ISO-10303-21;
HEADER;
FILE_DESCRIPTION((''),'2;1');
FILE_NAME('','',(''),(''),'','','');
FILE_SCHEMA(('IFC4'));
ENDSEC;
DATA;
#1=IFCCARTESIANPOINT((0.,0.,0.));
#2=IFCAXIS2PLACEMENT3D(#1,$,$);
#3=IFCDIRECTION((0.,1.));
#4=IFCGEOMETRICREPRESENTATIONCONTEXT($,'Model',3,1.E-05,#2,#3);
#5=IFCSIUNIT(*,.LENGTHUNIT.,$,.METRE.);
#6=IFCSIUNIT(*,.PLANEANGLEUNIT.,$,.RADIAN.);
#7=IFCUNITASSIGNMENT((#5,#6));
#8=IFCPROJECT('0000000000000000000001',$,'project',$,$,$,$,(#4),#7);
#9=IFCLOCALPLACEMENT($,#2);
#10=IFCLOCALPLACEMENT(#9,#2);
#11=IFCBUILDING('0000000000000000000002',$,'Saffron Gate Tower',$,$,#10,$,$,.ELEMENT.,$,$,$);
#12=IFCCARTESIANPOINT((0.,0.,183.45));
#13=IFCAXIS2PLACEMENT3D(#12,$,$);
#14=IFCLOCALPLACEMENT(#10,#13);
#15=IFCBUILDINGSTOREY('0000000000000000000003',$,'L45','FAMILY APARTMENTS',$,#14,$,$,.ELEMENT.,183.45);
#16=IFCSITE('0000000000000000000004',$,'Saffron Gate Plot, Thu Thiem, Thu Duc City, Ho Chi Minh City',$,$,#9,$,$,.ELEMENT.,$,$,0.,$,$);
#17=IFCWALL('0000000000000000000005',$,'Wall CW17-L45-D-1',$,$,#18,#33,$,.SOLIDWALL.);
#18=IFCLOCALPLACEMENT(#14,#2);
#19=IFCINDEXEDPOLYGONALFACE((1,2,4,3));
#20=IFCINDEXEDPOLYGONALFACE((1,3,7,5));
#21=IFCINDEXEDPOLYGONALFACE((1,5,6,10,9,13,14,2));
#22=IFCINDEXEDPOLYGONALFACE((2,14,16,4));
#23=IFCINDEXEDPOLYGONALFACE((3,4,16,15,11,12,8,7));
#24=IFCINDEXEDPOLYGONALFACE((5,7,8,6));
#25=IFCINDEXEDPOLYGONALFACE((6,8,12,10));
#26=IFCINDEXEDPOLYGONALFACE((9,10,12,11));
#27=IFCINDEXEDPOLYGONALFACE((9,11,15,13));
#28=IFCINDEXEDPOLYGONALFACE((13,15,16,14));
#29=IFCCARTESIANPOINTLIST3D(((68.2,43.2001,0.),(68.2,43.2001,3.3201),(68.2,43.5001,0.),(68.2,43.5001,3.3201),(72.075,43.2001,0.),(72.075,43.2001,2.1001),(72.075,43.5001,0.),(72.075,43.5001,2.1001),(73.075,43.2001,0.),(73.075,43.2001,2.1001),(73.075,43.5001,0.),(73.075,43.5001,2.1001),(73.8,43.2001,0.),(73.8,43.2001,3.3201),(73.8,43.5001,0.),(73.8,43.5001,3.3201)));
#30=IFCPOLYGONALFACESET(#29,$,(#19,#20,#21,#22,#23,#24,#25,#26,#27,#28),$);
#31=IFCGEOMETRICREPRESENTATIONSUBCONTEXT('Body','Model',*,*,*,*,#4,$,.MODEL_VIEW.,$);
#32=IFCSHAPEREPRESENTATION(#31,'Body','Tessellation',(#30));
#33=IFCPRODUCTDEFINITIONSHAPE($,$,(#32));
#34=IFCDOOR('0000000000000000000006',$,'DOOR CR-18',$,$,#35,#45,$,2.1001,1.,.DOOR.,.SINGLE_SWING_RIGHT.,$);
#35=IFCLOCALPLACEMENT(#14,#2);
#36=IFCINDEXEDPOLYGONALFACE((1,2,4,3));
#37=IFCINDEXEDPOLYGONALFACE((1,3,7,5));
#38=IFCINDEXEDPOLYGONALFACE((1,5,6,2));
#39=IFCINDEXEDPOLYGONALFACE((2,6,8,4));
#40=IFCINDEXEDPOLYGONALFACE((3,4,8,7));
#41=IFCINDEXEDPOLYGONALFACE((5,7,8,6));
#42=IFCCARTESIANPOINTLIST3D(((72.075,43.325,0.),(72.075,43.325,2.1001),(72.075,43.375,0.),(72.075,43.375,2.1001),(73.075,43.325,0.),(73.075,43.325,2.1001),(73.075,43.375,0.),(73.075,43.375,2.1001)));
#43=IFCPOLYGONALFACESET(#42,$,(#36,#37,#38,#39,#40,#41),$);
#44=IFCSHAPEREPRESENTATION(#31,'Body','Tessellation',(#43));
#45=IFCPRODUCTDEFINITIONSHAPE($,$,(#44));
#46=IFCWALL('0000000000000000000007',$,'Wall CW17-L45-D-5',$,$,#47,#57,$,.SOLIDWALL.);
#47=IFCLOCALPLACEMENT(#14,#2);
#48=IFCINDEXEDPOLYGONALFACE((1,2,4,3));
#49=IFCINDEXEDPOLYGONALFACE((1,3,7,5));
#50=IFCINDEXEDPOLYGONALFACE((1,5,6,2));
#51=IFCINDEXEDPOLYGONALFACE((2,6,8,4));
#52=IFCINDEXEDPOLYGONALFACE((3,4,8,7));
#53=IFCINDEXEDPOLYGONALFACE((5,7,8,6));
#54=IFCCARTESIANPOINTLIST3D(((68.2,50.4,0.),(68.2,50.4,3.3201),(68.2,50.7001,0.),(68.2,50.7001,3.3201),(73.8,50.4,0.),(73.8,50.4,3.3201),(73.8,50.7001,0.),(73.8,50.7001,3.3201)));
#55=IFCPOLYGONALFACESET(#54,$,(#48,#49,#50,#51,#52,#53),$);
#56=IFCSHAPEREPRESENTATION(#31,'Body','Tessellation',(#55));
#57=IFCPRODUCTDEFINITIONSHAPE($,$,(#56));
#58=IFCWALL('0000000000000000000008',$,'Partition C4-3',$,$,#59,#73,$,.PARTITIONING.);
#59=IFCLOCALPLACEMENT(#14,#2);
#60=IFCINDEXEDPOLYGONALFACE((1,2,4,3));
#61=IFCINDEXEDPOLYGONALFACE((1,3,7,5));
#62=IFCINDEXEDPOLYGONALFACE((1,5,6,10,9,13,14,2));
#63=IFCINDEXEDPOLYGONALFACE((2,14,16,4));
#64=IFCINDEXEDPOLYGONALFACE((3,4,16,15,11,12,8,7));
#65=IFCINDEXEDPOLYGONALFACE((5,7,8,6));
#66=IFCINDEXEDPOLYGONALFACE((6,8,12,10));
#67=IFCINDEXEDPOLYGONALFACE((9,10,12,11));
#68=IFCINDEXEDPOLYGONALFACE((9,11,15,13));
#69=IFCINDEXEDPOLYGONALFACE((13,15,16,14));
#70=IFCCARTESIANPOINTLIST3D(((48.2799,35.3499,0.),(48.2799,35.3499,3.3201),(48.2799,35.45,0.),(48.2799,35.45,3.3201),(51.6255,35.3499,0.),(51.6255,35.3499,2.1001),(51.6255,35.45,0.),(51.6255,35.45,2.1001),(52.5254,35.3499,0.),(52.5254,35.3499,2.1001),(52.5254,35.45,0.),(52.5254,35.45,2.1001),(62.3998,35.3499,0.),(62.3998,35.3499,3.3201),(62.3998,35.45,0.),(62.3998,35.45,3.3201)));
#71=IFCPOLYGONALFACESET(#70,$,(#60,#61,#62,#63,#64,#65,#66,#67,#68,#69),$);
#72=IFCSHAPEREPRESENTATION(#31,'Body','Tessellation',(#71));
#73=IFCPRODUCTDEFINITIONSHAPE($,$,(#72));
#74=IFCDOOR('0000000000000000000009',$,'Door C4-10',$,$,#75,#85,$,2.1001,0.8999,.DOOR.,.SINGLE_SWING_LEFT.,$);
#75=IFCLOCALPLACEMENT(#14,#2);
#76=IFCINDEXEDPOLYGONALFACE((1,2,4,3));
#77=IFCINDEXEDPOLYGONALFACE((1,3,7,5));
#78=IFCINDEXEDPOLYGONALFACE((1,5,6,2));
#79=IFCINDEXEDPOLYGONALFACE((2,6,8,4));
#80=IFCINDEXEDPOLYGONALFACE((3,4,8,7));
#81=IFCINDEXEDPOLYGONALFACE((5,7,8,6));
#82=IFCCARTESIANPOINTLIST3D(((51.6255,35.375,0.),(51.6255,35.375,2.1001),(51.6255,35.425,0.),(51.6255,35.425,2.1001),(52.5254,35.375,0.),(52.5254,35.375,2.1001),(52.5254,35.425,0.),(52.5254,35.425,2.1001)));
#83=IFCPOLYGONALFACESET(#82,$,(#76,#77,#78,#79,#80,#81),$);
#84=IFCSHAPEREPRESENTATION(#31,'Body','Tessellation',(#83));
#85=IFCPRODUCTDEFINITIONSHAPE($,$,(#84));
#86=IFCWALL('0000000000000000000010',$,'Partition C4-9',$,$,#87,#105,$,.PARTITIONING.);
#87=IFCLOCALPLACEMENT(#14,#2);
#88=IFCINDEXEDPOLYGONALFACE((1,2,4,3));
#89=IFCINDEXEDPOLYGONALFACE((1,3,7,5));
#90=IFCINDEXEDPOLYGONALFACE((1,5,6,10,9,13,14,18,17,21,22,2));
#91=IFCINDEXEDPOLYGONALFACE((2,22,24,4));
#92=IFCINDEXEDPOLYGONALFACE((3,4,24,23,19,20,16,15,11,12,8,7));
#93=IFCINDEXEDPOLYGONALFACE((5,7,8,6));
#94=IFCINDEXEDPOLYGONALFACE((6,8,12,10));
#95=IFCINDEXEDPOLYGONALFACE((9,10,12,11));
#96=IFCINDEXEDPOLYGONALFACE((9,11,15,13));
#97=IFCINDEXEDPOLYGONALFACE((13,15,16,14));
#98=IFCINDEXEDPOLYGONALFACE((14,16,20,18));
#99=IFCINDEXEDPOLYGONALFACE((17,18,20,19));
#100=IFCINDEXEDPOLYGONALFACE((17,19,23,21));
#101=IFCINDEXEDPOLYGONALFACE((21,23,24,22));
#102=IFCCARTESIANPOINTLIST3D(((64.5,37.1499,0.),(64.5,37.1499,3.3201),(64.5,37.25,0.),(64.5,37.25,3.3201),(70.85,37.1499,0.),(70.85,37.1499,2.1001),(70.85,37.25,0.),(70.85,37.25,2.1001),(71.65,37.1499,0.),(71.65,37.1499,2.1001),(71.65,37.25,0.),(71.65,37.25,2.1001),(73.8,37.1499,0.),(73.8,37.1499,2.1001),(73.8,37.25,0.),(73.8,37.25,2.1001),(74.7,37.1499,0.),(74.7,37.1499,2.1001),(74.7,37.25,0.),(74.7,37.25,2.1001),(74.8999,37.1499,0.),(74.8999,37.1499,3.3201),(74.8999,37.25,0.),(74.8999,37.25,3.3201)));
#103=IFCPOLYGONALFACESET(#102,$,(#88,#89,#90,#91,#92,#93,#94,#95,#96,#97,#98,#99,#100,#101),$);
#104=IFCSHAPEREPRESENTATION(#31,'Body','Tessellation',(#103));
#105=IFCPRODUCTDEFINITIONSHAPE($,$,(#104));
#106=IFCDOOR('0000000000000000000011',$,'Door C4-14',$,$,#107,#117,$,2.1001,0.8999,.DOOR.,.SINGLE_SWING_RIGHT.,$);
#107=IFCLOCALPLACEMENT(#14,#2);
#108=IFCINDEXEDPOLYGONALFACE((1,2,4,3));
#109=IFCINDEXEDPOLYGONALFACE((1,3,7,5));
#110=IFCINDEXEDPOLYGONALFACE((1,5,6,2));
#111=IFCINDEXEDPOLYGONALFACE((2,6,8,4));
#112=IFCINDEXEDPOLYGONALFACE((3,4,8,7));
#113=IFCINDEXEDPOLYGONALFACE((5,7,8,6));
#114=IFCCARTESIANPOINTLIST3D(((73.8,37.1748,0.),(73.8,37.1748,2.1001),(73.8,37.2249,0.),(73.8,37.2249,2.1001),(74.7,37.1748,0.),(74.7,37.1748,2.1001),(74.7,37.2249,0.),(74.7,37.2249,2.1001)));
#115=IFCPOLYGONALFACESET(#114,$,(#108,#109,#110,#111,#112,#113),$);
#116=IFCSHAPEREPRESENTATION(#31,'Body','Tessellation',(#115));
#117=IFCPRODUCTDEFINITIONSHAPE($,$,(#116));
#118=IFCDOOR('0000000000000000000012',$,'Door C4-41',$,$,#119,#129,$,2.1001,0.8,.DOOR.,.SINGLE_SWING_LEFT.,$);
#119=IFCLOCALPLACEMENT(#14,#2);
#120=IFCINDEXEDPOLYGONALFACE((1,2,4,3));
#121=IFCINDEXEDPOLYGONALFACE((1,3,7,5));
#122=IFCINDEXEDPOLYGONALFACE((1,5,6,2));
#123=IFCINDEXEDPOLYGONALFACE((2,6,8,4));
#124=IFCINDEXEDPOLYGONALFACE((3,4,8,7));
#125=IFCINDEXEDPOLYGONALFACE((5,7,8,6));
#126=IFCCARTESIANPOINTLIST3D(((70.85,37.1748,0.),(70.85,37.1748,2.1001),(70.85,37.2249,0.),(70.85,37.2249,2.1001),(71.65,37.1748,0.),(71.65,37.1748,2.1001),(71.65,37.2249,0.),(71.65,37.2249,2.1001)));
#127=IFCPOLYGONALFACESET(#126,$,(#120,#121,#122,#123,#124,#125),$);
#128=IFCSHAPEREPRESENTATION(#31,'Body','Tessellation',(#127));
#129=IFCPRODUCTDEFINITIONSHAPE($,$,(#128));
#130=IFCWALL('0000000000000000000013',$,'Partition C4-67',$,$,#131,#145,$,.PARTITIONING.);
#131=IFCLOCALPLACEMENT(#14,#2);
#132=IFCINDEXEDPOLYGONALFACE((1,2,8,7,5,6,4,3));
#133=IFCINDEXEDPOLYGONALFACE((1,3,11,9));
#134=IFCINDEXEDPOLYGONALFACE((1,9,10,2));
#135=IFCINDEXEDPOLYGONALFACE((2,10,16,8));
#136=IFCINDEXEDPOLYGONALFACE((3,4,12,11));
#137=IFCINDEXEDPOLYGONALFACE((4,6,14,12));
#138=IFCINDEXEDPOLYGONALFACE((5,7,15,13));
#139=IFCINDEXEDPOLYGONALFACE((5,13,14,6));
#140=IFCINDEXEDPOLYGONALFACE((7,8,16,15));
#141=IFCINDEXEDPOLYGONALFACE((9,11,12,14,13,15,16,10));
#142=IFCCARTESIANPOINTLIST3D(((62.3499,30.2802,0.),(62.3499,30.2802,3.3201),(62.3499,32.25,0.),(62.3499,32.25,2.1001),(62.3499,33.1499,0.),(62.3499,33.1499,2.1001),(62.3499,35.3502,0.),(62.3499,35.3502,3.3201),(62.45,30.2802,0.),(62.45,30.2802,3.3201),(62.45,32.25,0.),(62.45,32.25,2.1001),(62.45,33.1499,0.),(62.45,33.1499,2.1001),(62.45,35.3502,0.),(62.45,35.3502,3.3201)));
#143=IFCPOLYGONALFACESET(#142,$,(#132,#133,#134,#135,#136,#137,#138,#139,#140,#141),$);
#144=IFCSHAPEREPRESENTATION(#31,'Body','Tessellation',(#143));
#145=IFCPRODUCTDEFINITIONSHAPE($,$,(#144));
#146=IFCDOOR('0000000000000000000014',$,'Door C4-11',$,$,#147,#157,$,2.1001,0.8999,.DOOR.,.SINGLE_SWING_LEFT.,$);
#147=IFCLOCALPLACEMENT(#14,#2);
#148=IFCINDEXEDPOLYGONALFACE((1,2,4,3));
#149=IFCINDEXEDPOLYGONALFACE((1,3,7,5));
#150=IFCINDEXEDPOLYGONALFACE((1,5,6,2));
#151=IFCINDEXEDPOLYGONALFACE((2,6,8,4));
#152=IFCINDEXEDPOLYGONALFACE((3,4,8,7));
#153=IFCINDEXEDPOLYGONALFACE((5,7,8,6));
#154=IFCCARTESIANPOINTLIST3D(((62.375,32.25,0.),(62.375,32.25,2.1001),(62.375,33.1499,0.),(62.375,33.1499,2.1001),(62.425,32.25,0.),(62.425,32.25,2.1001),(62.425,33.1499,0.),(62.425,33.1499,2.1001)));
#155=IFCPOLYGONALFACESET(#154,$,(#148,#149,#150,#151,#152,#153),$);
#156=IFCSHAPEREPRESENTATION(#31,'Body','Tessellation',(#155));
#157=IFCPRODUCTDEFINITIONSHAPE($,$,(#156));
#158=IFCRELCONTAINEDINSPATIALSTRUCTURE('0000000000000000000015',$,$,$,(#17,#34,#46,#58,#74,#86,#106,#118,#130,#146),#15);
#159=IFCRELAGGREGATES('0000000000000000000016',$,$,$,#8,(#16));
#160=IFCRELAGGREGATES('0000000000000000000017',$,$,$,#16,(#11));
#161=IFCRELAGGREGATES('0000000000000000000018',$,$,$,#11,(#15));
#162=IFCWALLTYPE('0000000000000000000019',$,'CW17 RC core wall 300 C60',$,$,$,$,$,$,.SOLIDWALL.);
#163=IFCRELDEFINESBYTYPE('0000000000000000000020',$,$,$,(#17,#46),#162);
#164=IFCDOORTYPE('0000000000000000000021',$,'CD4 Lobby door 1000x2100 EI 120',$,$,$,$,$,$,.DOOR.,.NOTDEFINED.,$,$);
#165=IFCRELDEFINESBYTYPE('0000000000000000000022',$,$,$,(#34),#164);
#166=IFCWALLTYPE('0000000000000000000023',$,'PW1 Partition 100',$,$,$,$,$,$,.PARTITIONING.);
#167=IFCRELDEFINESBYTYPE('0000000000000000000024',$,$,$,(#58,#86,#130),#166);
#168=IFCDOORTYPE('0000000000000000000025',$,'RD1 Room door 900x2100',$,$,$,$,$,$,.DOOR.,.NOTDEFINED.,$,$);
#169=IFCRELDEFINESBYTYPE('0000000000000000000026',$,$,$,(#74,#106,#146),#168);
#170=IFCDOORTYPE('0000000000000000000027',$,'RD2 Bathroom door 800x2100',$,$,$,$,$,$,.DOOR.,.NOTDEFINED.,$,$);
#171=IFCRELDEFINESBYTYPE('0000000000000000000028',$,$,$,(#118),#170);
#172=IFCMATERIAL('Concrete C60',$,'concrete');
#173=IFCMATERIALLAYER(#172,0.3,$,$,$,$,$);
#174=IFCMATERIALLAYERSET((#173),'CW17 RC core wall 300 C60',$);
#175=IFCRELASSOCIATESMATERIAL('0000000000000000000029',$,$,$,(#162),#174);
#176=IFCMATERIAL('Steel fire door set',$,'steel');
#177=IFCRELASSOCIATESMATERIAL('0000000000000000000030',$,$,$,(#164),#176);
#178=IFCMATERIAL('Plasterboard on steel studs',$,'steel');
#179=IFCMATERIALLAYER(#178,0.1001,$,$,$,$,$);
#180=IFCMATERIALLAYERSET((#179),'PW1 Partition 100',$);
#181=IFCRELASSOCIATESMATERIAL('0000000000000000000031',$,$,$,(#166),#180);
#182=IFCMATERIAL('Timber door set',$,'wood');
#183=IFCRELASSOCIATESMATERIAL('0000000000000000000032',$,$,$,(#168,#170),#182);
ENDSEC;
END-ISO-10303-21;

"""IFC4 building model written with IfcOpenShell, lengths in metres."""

from ifc_helpers import new_model, si_unit, direction, frame, frame_2d, origin, place, context, subcontext, project, spatial, rectangle, extrude, material, layer, layer_set, type_object, element, fill, save


model = new_model("IFC4")

# Units and contexts
model_context = context("Model", 3, precision=1e-05, world=origin(), true_north=direction((0.0, 1.0)))
body_context = subcontext(model_context, "Body", "Model", "MODEL_VIEW")
ifc_project = project(units=[si_unit("LENGTHUNIT", "METRE"), si_unit("PLANEANGLEUNIT", "RADIAN")], contexts=[model_context])

# Site, building, storey
site_placement = place(None, origin())
site = spatial("IfcSite", under=ifc_project, at=site_placement, Name="Saffron Gate Plot, Thu Thiem, Thu Duc City, Ho Chi Minh City", CompositionType="ELEMENT", RefElevation=0.0)
building_placement = place(site_placement, origin())
building = spatial("IfcBuilding", under=site, at=building_placement, Name="Saffron Gate Tower", CompositionType="ELEMENT")
storey_placement = place(building_placement, frame((0.0, 0.0, 183.45)))
storey = spatial("IfcBuildingStorey", under=building, at=storey_placement, Name="L45", Description="FAMILY APARTMENTS", CompositionType="ELEMENT", Elevation=183.45)

# Shared definitions
ifc_material_1 = material(Name="Concrete C60", Category="concrete")

# Wall, opening, door
ifc_layer_1 = layer(ifc_material_1, 0.3)
ifc_layer_set_1 = layer_set([ifc_layer_1], Name="CW17 RC core wall 300 C60")
wall_type_1 = type_object("IfcWallType", Name="CW17 RC core wall 300 C60", PredefinedType="SOLIDWALL", material=ifc_layer_set_1)
wall_1_placement = place(storey_placement, frame((68.2, 43.3501, 0.0), z_axis=(0.0, 0.0, 1.0), x_axis=(1.0, 0.0, 0.0)))
wall_1 = element("IfcWall", 1, at=wall_1_placement, inside=storey, type_object=wall_type_1, Name="Wall CW17-L45-D-1", PredefinedType="SOLIDWALL", context=body_context, shape_type="SweptSolid", body=[
    extrude(rectangle(XDim=5.6001, YDim=0.3, at=frame_2d((2.8, 0.0))), origin(), (0.0, 0.0, 1.0), 3.3201),
])
opening_1_placement = place(wall_1_placement, frame((3.875, 0.0, 0.0)))
opening_1 = element("IfcOpeningElement", 2, at=opening_1_placement, cuts=wall_1, PredefinedType="OPENING", context=body_context, shape_type="SweptSolid", body=[
    extrude(rectangle(XDim=1.0, YDim=2.1001, at=frame_2d((0.5, 1.05))), frame((0.0, 0.1602, 0.0), z_axis=(0.0, -1.0, 0.0), x_axis=(1.0, 0.0, 0.0)), (0.0, 0.0, 1.0), 0.3201),
])
ifc_material_2 = material(Name="Steel fire door set", Category="steel")
door_type_1 = type_object("IfcDoorType", Name="CD4 Lobby door 1000x2100 EI 120", OperationType="NOTDEFINED", PredefinedType="DOOR", material=ifc_material_2)
door_1_placement = place(opening_1_placement, origin())
door_1 = element("IfcDoor", 3, at=door_1_placement, inside=storey, type_object=door_type_1, Name="DOOR CR-18", OperationType="SINGLE_SWING_RIGHT", OverallHeight=2.1001, OverallWidth=1.0, PredefinedType="DOOR", context=body_context, shape_type="SweptSolid", body=[
    extrude(rectangle(XDim=1.0, YDim=2.1001, at=frame_2d((0.5, 1.05))), frame((0.0, 0.0249, 0.0), z_axis=(0.0, -1.0, 0.0), x_axis=(1.0, 0.0, 0.0)), (0.0, 0.0, 1.0), 0.05),
])
fill(opening_1, door_1)

# Wall
wall_2_placement = place(storey_placement, frame((68.2, 50.55, 0.0), z_axis=(0.0, 0.0, 1.0), x_axis=(1.0, 0.0, 0.0)))
element("IfcWall", 4, at=wall_2_placement, inside=storey, type_object=wall_type_1, Name="Wall CW17-L45-D-5", PredefinedType="SOLIDWALL", context=body_context, shape_type="SweptSolid", body=[
    extrude(rectangle(XDim=5.6001, YDim=0.3, at=frame_2d((2.8, 0.0))), origin(), (0.0, 0.0, 1.0), 3.3201),
])

# Wall, opening, door
ifc_material_3 = material(Name="Plasterboard on steel studs", Category="steel")
ifc_layer_2 = layer(ifc_material_3, 0.1001)
ifc_layer_set_2 = layer_set([ifc_layer_2], Name="PW1 Partition 100")
wall_type_2 = type_object("IfcWallType", Name="PW1 Partition 100", PredefinedType="PARTITIONING", material=ifc_layer_set_2)
wall_3_placement = place(storey_placement, frame((62.3999, 35.3999, 0.0), z_axis=(0.0, 0.0, 1.0), x_axis=(-1.0, 0.0, 0.0)))
wall_3 = element("IfcWall", 5, at=wall_3_placement, inside=storey, type_object=wall_type_2, Name="Partition C4-3", PredefinedType="PARTITIONING", context=body_context, shape_type="SweptSolid", body=[
    extrude(rectangle(XDim=14.1199, YDim=0.1001, at=frame_2d((7.0601, 0.0))), origin(), (0.0, 0.0, 1.0), 3.3201),
])
opening_2_placement = place(wall_3_placement, frame((9.8745, 0.0, 0.0)))
opening_2 = element("IfcOpeningElement", 6, at=opening_2_placement, cuts=wall_3, PredefinedType="OPENING", context=body_context, shape_type="SweptSolid", body=[
    extrude(rectangle(XDim=0.8999, YDim=2.1001, at=frame_2d((0.45, 1.05))), frame((0.0, 0.0601, 0.0), z_axis=(0.0, -1.0, 0.0), x_axis=(1.0, 0.0, 0.0)), (0.0, 0.0, 1.0), 0.1201),
])
ifc_material_4 = material(Name="Timber door set", Category="wood")
door_type_2 = type_object("IfcDoorType", Name="RD1 Room door 900x2100", OperationType="NOTDEFINED", PredefinedType="DOOR", material=ifc_material_4)
door_2_placement = place(opening_2_placement, origin())
door_2 = element("IfcDoor", 7, at=door_2_placement, inside=storey, type_object=door_type_2, Name="Door C4-10", OperationType="SINGLE_SWING_LEFT", OverallHeight=2.1001, OverallWidth=0.8999, PredefinedType="DOOR", context=body_context, shape_type="SweptSolid", body=[
    extrude(rectangle(XDim=0.8999, YDim=2.1001, at=frame_2d((0.45, 1.05))), frame((0.0, 0.0249, 0.0), z_axis=(0.0, -1.0, 0.0), x_axis=(1.0, 0.0, 0.0)), (0.0, 0.0, 1.0), 0.05),
])
fill(opening_2, door_2)

# Wall, openings, doors
wall_4_placement = place(storey_placement, frame((64.5, 37.2, 0.0), z_axis=(0.0, 0.0, 1.0), x_axis=(1.0, 0.0, 0.0)))
wall_4 = element("IfcWall", 8, at=wall_4_placement, inside=storey, type_object=wall_type_2, Name="Partition C4-9", PredefinedType="PARTITIONING", context=body_context, shape_type="SweptSolid", body=[
    extrude(rectangle(XDim=10.3999, YDim=0.1001, at=frame_2d((5.2, 0.0))), origin(), (0.0, 0.0, 1.0), 3.3201),
])
opening_3_placement = place(wall_4_placement, frame((6.3501, 0.0, 0.0)))
opening_3 = element("IfcOpeningElement", 9, at=opening_3_placement, cuts=wall_4, PredefinedType="OPENING", context=body_context, shape_type="SweptSolid", body=[
    extrude(rectangle(XDim=0.8, YDim=2.1001, at=frame_2d((0.3999, 1.05))), frame((0.0, 0.0601, 0.0), z_axis=(0.0, -1.0, 0.0), x_axis=(1.0, 0.0, 0.0)), (0.0, 0.0, 1.0), 0.1201),
])
opening_4_placement = place(wall_4_placement, frame((9.3, 0.0, 0.0)))
opening_4 = element("IfcOpeningElement", 10, at=opening_4_placement, cuts=wall_4, PredefinedType="OPENING", context=body_context, shape_type="SweptSolid", body=[
    extrude(rectangle(XDim=0.8999, YDim=2.1001, at=frame_2d((0.45, 1.05))), frame((0.0, 0.0601, 0.0), z_axis=(0.0, -1.0, 0.0), x_axis=(1.0, 0.0, 0.0)), (0.0, 0.0, 1.0), 0.1201),
])
door_3_placement = place(opening_4_placement, origin())
door_3 = element("IfcDoor", 11, at=door_3_placement, inside=storey, type_object=door_type_2, Name="Door C4-14", OperationType="SINGLE_SWING_RIGHT", OverallHeight=2.1001, OverallWidth=0.8999, PredefinedType="DOOR", context=body_context, shape_type="SweptSolid", body=[
    extrude(rectangle(XDim=0.8999, YDim=2.1001, at=frame_2d((0.45, 1.05))), frame((0.0, 0.0249, 0.0), z_axis=(0.0, -1.0, 0.0), x_axis=(1.0, 0.0, 0.0)), (0.0, 0.0, 1.0), 0.05),
])
fill(opening_4, door_3)
door_type_3 = type_object("IfcDoorType", Name="RD2 Bathroom door 800x2100", OperationType="NOTDEFINED", PredefinedType="DOOR", material=ifc_material_4)
door_4_placement = place(opening_3_placement, origin())
door_4 = element("IfcDoor", 12, at=door_4_placement, inside=storey, type_object=door_type_3, Name="Door C4-41", OperationType="SINGLE_SWING_LEFT", OverallHeight=2.1001, OverallWidth=0.8, PredefinedType="DOOR", context=body_context, shape_type="SweptSolid", body=[
    extrude(rectangle(XDim=0.8, YDim=2.1001, at=frame_2d((0.3999, 1.05))), frame((0.0, 0.0249, 0.0), z_axis=(0.0, -1.0, 0.0), x_axis=(1.0, 0.0, 0.0)), (0.0, 0.0, 1.0), 0.05),
])
fill(opening_3, door_4)

# Wall, opening, door
wall_5_placement = place(storey_placement, frame((62.3999, 30.28, 0.0), z_axis=(0.0, 0.0, 1.0), x_axis=(0.0, 1.0, 0.0)))
wall_5 = element("IfcWall", 13, at=wall_5_placement, inside=storey, type_object=wall_type_2, Name="Partition C4-67", PredefinedType="PARTITIONING", context=body_context, shape_type="SweptSolid", body=[
    extrude(rectangle(XDim=5.0701, YDim=0.1001, at=frame_2d((2.5352, 0.0))), origin(), (0.0, 0.0, 1.0), 3.3201),
])
opening_5_placement = place(wall_5_placement, frame((1.97, 0.0, 0.0)))
opening_5 = element("IfcOpeningElement", 14, at=opening_5_placement, cuts=wall_5, PredefinedType="OPENING", context=body_context, shape_type="SweptSolid", body=[
    extrude(rectangle(XDim=0.8999, YDim=2.1001, at=frame_2d((0.45, 1.05))), frame((0.0, 0.0601, 0.0), z_axis=(0.0, -1.0, 0.0), x_axis=(1.0, 0.0, 0.0)), (0.0, 0.0, 1.0), 0.1201),
])
door_5_placement = place(opening_5_placement, origin())
door_5 = element("IfcDoor", 15, at=door_5_placement, inside=storey, type_object=door_type_2, Name="Door C4-11", OperationType="SINGLE_SWING_LEFT", OverallHeight=2.1001, OverallWidth=0.8999, PredefinedType="DOOR", context=body_context, shape_type="SweptSolid", body=[
    extrude(rectangle(XDim=0.8999, YDim=2.1001, at=frame_2d((0.45, 1.05))), frame((0.0, 0.0249, 0.0), z_axis=(0.0, -1.0, 0.0), x_axis=(1.0, 0.0, 0.0)), (0.0, 0.0, 1.0), 0.05),
])
fill(opening_5, door_5)

save(model, "model.ifc")
